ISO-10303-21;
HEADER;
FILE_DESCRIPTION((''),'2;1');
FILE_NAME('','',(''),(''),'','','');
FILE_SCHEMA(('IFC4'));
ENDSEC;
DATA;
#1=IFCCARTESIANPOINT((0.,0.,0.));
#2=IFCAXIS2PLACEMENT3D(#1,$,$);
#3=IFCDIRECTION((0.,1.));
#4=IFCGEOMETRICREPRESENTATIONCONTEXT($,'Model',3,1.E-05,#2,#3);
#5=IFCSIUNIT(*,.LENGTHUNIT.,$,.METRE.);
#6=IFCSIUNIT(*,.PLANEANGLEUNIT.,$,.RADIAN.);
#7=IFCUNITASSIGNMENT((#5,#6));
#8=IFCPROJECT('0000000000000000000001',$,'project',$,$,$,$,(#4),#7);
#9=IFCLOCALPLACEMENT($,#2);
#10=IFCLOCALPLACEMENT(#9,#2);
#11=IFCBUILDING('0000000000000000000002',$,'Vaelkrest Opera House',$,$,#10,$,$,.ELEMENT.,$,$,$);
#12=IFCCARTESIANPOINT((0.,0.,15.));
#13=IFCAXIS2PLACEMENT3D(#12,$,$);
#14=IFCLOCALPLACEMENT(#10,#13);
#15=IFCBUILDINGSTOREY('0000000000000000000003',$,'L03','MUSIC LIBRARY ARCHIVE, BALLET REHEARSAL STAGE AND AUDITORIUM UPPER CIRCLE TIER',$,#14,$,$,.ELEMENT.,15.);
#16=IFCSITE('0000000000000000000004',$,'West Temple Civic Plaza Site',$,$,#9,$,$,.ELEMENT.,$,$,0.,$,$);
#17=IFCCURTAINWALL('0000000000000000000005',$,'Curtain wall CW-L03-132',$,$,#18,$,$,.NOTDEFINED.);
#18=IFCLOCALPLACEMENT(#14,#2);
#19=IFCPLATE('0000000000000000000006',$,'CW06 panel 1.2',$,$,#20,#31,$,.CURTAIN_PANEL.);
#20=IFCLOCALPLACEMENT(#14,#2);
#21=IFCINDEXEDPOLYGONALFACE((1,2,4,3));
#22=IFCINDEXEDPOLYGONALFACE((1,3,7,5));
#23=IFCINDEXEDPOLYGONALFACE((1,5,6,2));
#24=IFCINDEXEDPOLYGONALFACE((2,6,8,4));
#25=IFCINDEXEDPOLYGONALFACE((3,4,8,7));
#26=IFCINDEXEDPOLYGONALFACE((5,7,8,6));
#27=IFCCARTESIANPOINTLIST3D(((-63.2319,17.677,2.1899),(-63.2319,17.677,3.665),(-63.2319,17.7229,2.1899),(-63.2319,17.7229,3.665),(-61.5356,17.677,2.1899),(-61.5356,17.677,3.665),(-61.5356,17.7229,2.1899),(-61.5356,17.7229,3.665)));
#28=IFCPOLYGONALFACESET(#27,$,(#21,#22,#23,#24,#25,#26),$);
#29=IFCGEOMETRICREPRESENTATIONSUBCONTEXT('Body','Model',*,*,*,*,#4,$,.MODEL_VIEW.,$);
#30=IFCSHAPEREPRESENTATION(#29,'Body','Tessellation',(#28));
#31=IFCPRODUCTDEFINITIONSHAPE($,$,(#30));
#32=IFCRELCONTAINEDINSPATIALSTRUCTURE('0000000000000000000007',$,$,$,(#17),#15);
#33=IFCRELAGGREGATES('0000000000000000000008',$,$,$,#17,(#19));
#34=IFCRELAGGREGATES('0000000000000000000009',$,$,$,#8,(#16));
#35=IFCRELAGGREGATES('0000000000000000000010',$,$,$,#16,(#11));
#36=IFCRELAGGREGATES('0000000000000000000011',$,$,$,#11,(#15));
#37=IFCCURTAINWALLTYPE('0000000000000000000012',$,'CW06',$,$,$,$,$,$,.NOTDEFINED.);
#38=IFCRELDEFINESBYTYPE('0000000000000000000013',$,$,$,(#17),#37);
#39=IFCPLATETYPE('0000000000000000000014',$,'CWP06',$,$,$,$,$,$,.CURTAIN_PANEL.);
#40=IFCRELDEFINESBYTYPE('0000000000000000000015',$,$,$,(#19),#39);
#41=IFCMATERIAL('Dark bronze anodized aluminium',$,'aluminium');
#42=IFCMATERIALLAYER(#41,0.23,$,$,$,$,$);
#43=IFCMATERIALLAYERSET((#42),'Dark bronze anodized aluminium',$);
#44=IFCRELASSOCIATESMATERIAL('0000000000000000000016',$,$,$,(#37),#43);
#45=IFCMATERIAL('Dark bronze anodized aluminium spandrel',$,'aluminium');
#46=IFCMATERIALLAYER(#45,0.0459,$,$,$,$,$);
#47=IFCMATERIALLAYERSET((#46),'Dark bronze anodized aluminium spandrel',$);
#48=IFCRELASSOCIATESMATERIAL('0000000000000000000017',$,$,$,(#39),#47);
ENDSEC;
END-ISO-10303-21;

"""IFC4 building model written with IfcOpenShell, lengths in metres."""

from ifc_helpers import new_model, si_unit, direction, frame, origin, origin_2d, place, context, subcontext, project, spatial, rectangle, extrude, material, layer, layer_set, type_object, element, aggregate, save


model = new_model("IFC4")

# Units and contexts
model_context = context("Model", 3, precision=1e-05, world=origin(), true_north=direction((0.0, 1.0)))
body_context = subcontext(model_context, "Body", "Model", "MODEL_VIEW")
ifc_project = project(units=[si_unit("LENGTHUNIT", "METRE"), si_unit("PLANEANGLEUNIT", "RADIAN")], contexts=[model_context])

# Site, building, storey
site_placement = place(None, origin())
site = spatial("IfcSite", under=ifc_project, at=site_placement, Name="West Temple Civic Plaza Site", CompositionType="ELEMENT", RefElevation=0.0)
building_placement = place(site_placement, origin())
building = spatial("IfcBuilding", under=site, at=building_placement, Name="Vaelkrest Opera House", CompositionType="ELEMENT")
storey_placement = place(building_placement, frame((0.0, 0.0, 15.0)))
storey = spatial("IfcBuildingStorey", under=building, at=storey_placement, Name="L03", Description="MUSIC LIBRARY ARCHIVE, BALLET REHEARSAL STAGE AND AUDITORIUM UPPER CIRCLE TIER", CompositionType="ELEMENT", Elevation=15.0)

# Curtain wall
ifc_material_1 = material(Name="Dark bronze anodized aluminium", Category="aluminium")
ifc_layer_1 = layer(ifc_material_1, 0.23)
ifc_layer_set_1 = layer_set([ifc_layer_1], Name="Dark bronze anodized aluminium")
curtain_wall_type = type_object("IfcCurtainWallType", Name="CW06", PredefinedType="NOTDEFINED", material=ifc_layer_set_1)
curtain_wall_placement = place(storey_placement, origin())
curtain_wall = element("IfcCurtainWall", 1, at=curtain_wall_placement, inside=storey, type_object=curtain_wall_type, Name="Curtain wall CW-L03-132", PredefinedType="NOTDEFINED")

# Plate
ifc_material_2 = material(Name="Dark bronze anodized aluminium spandrel", Category="aluminium")
ifc_layer_2 = layer(ifc_material_2, 0.0459)
ifc_layer_set_2 = layer_set([ifc_layer_2], Name="Dark bronze anodized aluminium spandrel")
plate_type = type_object("IfcPlateType", Name="CWP06", PredefinedType="CURTAIN_PANEL", material=ifc_layer_set_2)
plate_1_placement = place(storey_placement, frame((-62.3838, 17.7, 2.1899), z_axis=(0.0, 0.0, 1.0), x_axis=(1.0, 0.0, 0.0)))
plate_1 = element("IfcPlate", 2, at=plate_1_placement, type_object=plate_type, Name="CW06 panel 1.2", PredefinedType="CURTAIN_PANEL", context=body_context, shape_type="SweptSolid", body=[
    extrude(rectangle(XDim=1.6963, YDim=0.0459, at=origin_2d()), origin(), (0.0, 0.0, 1.0), 1.4751),
])
aggregate(curtain_wall, [plate_1])

save(model, "model.ifc")
